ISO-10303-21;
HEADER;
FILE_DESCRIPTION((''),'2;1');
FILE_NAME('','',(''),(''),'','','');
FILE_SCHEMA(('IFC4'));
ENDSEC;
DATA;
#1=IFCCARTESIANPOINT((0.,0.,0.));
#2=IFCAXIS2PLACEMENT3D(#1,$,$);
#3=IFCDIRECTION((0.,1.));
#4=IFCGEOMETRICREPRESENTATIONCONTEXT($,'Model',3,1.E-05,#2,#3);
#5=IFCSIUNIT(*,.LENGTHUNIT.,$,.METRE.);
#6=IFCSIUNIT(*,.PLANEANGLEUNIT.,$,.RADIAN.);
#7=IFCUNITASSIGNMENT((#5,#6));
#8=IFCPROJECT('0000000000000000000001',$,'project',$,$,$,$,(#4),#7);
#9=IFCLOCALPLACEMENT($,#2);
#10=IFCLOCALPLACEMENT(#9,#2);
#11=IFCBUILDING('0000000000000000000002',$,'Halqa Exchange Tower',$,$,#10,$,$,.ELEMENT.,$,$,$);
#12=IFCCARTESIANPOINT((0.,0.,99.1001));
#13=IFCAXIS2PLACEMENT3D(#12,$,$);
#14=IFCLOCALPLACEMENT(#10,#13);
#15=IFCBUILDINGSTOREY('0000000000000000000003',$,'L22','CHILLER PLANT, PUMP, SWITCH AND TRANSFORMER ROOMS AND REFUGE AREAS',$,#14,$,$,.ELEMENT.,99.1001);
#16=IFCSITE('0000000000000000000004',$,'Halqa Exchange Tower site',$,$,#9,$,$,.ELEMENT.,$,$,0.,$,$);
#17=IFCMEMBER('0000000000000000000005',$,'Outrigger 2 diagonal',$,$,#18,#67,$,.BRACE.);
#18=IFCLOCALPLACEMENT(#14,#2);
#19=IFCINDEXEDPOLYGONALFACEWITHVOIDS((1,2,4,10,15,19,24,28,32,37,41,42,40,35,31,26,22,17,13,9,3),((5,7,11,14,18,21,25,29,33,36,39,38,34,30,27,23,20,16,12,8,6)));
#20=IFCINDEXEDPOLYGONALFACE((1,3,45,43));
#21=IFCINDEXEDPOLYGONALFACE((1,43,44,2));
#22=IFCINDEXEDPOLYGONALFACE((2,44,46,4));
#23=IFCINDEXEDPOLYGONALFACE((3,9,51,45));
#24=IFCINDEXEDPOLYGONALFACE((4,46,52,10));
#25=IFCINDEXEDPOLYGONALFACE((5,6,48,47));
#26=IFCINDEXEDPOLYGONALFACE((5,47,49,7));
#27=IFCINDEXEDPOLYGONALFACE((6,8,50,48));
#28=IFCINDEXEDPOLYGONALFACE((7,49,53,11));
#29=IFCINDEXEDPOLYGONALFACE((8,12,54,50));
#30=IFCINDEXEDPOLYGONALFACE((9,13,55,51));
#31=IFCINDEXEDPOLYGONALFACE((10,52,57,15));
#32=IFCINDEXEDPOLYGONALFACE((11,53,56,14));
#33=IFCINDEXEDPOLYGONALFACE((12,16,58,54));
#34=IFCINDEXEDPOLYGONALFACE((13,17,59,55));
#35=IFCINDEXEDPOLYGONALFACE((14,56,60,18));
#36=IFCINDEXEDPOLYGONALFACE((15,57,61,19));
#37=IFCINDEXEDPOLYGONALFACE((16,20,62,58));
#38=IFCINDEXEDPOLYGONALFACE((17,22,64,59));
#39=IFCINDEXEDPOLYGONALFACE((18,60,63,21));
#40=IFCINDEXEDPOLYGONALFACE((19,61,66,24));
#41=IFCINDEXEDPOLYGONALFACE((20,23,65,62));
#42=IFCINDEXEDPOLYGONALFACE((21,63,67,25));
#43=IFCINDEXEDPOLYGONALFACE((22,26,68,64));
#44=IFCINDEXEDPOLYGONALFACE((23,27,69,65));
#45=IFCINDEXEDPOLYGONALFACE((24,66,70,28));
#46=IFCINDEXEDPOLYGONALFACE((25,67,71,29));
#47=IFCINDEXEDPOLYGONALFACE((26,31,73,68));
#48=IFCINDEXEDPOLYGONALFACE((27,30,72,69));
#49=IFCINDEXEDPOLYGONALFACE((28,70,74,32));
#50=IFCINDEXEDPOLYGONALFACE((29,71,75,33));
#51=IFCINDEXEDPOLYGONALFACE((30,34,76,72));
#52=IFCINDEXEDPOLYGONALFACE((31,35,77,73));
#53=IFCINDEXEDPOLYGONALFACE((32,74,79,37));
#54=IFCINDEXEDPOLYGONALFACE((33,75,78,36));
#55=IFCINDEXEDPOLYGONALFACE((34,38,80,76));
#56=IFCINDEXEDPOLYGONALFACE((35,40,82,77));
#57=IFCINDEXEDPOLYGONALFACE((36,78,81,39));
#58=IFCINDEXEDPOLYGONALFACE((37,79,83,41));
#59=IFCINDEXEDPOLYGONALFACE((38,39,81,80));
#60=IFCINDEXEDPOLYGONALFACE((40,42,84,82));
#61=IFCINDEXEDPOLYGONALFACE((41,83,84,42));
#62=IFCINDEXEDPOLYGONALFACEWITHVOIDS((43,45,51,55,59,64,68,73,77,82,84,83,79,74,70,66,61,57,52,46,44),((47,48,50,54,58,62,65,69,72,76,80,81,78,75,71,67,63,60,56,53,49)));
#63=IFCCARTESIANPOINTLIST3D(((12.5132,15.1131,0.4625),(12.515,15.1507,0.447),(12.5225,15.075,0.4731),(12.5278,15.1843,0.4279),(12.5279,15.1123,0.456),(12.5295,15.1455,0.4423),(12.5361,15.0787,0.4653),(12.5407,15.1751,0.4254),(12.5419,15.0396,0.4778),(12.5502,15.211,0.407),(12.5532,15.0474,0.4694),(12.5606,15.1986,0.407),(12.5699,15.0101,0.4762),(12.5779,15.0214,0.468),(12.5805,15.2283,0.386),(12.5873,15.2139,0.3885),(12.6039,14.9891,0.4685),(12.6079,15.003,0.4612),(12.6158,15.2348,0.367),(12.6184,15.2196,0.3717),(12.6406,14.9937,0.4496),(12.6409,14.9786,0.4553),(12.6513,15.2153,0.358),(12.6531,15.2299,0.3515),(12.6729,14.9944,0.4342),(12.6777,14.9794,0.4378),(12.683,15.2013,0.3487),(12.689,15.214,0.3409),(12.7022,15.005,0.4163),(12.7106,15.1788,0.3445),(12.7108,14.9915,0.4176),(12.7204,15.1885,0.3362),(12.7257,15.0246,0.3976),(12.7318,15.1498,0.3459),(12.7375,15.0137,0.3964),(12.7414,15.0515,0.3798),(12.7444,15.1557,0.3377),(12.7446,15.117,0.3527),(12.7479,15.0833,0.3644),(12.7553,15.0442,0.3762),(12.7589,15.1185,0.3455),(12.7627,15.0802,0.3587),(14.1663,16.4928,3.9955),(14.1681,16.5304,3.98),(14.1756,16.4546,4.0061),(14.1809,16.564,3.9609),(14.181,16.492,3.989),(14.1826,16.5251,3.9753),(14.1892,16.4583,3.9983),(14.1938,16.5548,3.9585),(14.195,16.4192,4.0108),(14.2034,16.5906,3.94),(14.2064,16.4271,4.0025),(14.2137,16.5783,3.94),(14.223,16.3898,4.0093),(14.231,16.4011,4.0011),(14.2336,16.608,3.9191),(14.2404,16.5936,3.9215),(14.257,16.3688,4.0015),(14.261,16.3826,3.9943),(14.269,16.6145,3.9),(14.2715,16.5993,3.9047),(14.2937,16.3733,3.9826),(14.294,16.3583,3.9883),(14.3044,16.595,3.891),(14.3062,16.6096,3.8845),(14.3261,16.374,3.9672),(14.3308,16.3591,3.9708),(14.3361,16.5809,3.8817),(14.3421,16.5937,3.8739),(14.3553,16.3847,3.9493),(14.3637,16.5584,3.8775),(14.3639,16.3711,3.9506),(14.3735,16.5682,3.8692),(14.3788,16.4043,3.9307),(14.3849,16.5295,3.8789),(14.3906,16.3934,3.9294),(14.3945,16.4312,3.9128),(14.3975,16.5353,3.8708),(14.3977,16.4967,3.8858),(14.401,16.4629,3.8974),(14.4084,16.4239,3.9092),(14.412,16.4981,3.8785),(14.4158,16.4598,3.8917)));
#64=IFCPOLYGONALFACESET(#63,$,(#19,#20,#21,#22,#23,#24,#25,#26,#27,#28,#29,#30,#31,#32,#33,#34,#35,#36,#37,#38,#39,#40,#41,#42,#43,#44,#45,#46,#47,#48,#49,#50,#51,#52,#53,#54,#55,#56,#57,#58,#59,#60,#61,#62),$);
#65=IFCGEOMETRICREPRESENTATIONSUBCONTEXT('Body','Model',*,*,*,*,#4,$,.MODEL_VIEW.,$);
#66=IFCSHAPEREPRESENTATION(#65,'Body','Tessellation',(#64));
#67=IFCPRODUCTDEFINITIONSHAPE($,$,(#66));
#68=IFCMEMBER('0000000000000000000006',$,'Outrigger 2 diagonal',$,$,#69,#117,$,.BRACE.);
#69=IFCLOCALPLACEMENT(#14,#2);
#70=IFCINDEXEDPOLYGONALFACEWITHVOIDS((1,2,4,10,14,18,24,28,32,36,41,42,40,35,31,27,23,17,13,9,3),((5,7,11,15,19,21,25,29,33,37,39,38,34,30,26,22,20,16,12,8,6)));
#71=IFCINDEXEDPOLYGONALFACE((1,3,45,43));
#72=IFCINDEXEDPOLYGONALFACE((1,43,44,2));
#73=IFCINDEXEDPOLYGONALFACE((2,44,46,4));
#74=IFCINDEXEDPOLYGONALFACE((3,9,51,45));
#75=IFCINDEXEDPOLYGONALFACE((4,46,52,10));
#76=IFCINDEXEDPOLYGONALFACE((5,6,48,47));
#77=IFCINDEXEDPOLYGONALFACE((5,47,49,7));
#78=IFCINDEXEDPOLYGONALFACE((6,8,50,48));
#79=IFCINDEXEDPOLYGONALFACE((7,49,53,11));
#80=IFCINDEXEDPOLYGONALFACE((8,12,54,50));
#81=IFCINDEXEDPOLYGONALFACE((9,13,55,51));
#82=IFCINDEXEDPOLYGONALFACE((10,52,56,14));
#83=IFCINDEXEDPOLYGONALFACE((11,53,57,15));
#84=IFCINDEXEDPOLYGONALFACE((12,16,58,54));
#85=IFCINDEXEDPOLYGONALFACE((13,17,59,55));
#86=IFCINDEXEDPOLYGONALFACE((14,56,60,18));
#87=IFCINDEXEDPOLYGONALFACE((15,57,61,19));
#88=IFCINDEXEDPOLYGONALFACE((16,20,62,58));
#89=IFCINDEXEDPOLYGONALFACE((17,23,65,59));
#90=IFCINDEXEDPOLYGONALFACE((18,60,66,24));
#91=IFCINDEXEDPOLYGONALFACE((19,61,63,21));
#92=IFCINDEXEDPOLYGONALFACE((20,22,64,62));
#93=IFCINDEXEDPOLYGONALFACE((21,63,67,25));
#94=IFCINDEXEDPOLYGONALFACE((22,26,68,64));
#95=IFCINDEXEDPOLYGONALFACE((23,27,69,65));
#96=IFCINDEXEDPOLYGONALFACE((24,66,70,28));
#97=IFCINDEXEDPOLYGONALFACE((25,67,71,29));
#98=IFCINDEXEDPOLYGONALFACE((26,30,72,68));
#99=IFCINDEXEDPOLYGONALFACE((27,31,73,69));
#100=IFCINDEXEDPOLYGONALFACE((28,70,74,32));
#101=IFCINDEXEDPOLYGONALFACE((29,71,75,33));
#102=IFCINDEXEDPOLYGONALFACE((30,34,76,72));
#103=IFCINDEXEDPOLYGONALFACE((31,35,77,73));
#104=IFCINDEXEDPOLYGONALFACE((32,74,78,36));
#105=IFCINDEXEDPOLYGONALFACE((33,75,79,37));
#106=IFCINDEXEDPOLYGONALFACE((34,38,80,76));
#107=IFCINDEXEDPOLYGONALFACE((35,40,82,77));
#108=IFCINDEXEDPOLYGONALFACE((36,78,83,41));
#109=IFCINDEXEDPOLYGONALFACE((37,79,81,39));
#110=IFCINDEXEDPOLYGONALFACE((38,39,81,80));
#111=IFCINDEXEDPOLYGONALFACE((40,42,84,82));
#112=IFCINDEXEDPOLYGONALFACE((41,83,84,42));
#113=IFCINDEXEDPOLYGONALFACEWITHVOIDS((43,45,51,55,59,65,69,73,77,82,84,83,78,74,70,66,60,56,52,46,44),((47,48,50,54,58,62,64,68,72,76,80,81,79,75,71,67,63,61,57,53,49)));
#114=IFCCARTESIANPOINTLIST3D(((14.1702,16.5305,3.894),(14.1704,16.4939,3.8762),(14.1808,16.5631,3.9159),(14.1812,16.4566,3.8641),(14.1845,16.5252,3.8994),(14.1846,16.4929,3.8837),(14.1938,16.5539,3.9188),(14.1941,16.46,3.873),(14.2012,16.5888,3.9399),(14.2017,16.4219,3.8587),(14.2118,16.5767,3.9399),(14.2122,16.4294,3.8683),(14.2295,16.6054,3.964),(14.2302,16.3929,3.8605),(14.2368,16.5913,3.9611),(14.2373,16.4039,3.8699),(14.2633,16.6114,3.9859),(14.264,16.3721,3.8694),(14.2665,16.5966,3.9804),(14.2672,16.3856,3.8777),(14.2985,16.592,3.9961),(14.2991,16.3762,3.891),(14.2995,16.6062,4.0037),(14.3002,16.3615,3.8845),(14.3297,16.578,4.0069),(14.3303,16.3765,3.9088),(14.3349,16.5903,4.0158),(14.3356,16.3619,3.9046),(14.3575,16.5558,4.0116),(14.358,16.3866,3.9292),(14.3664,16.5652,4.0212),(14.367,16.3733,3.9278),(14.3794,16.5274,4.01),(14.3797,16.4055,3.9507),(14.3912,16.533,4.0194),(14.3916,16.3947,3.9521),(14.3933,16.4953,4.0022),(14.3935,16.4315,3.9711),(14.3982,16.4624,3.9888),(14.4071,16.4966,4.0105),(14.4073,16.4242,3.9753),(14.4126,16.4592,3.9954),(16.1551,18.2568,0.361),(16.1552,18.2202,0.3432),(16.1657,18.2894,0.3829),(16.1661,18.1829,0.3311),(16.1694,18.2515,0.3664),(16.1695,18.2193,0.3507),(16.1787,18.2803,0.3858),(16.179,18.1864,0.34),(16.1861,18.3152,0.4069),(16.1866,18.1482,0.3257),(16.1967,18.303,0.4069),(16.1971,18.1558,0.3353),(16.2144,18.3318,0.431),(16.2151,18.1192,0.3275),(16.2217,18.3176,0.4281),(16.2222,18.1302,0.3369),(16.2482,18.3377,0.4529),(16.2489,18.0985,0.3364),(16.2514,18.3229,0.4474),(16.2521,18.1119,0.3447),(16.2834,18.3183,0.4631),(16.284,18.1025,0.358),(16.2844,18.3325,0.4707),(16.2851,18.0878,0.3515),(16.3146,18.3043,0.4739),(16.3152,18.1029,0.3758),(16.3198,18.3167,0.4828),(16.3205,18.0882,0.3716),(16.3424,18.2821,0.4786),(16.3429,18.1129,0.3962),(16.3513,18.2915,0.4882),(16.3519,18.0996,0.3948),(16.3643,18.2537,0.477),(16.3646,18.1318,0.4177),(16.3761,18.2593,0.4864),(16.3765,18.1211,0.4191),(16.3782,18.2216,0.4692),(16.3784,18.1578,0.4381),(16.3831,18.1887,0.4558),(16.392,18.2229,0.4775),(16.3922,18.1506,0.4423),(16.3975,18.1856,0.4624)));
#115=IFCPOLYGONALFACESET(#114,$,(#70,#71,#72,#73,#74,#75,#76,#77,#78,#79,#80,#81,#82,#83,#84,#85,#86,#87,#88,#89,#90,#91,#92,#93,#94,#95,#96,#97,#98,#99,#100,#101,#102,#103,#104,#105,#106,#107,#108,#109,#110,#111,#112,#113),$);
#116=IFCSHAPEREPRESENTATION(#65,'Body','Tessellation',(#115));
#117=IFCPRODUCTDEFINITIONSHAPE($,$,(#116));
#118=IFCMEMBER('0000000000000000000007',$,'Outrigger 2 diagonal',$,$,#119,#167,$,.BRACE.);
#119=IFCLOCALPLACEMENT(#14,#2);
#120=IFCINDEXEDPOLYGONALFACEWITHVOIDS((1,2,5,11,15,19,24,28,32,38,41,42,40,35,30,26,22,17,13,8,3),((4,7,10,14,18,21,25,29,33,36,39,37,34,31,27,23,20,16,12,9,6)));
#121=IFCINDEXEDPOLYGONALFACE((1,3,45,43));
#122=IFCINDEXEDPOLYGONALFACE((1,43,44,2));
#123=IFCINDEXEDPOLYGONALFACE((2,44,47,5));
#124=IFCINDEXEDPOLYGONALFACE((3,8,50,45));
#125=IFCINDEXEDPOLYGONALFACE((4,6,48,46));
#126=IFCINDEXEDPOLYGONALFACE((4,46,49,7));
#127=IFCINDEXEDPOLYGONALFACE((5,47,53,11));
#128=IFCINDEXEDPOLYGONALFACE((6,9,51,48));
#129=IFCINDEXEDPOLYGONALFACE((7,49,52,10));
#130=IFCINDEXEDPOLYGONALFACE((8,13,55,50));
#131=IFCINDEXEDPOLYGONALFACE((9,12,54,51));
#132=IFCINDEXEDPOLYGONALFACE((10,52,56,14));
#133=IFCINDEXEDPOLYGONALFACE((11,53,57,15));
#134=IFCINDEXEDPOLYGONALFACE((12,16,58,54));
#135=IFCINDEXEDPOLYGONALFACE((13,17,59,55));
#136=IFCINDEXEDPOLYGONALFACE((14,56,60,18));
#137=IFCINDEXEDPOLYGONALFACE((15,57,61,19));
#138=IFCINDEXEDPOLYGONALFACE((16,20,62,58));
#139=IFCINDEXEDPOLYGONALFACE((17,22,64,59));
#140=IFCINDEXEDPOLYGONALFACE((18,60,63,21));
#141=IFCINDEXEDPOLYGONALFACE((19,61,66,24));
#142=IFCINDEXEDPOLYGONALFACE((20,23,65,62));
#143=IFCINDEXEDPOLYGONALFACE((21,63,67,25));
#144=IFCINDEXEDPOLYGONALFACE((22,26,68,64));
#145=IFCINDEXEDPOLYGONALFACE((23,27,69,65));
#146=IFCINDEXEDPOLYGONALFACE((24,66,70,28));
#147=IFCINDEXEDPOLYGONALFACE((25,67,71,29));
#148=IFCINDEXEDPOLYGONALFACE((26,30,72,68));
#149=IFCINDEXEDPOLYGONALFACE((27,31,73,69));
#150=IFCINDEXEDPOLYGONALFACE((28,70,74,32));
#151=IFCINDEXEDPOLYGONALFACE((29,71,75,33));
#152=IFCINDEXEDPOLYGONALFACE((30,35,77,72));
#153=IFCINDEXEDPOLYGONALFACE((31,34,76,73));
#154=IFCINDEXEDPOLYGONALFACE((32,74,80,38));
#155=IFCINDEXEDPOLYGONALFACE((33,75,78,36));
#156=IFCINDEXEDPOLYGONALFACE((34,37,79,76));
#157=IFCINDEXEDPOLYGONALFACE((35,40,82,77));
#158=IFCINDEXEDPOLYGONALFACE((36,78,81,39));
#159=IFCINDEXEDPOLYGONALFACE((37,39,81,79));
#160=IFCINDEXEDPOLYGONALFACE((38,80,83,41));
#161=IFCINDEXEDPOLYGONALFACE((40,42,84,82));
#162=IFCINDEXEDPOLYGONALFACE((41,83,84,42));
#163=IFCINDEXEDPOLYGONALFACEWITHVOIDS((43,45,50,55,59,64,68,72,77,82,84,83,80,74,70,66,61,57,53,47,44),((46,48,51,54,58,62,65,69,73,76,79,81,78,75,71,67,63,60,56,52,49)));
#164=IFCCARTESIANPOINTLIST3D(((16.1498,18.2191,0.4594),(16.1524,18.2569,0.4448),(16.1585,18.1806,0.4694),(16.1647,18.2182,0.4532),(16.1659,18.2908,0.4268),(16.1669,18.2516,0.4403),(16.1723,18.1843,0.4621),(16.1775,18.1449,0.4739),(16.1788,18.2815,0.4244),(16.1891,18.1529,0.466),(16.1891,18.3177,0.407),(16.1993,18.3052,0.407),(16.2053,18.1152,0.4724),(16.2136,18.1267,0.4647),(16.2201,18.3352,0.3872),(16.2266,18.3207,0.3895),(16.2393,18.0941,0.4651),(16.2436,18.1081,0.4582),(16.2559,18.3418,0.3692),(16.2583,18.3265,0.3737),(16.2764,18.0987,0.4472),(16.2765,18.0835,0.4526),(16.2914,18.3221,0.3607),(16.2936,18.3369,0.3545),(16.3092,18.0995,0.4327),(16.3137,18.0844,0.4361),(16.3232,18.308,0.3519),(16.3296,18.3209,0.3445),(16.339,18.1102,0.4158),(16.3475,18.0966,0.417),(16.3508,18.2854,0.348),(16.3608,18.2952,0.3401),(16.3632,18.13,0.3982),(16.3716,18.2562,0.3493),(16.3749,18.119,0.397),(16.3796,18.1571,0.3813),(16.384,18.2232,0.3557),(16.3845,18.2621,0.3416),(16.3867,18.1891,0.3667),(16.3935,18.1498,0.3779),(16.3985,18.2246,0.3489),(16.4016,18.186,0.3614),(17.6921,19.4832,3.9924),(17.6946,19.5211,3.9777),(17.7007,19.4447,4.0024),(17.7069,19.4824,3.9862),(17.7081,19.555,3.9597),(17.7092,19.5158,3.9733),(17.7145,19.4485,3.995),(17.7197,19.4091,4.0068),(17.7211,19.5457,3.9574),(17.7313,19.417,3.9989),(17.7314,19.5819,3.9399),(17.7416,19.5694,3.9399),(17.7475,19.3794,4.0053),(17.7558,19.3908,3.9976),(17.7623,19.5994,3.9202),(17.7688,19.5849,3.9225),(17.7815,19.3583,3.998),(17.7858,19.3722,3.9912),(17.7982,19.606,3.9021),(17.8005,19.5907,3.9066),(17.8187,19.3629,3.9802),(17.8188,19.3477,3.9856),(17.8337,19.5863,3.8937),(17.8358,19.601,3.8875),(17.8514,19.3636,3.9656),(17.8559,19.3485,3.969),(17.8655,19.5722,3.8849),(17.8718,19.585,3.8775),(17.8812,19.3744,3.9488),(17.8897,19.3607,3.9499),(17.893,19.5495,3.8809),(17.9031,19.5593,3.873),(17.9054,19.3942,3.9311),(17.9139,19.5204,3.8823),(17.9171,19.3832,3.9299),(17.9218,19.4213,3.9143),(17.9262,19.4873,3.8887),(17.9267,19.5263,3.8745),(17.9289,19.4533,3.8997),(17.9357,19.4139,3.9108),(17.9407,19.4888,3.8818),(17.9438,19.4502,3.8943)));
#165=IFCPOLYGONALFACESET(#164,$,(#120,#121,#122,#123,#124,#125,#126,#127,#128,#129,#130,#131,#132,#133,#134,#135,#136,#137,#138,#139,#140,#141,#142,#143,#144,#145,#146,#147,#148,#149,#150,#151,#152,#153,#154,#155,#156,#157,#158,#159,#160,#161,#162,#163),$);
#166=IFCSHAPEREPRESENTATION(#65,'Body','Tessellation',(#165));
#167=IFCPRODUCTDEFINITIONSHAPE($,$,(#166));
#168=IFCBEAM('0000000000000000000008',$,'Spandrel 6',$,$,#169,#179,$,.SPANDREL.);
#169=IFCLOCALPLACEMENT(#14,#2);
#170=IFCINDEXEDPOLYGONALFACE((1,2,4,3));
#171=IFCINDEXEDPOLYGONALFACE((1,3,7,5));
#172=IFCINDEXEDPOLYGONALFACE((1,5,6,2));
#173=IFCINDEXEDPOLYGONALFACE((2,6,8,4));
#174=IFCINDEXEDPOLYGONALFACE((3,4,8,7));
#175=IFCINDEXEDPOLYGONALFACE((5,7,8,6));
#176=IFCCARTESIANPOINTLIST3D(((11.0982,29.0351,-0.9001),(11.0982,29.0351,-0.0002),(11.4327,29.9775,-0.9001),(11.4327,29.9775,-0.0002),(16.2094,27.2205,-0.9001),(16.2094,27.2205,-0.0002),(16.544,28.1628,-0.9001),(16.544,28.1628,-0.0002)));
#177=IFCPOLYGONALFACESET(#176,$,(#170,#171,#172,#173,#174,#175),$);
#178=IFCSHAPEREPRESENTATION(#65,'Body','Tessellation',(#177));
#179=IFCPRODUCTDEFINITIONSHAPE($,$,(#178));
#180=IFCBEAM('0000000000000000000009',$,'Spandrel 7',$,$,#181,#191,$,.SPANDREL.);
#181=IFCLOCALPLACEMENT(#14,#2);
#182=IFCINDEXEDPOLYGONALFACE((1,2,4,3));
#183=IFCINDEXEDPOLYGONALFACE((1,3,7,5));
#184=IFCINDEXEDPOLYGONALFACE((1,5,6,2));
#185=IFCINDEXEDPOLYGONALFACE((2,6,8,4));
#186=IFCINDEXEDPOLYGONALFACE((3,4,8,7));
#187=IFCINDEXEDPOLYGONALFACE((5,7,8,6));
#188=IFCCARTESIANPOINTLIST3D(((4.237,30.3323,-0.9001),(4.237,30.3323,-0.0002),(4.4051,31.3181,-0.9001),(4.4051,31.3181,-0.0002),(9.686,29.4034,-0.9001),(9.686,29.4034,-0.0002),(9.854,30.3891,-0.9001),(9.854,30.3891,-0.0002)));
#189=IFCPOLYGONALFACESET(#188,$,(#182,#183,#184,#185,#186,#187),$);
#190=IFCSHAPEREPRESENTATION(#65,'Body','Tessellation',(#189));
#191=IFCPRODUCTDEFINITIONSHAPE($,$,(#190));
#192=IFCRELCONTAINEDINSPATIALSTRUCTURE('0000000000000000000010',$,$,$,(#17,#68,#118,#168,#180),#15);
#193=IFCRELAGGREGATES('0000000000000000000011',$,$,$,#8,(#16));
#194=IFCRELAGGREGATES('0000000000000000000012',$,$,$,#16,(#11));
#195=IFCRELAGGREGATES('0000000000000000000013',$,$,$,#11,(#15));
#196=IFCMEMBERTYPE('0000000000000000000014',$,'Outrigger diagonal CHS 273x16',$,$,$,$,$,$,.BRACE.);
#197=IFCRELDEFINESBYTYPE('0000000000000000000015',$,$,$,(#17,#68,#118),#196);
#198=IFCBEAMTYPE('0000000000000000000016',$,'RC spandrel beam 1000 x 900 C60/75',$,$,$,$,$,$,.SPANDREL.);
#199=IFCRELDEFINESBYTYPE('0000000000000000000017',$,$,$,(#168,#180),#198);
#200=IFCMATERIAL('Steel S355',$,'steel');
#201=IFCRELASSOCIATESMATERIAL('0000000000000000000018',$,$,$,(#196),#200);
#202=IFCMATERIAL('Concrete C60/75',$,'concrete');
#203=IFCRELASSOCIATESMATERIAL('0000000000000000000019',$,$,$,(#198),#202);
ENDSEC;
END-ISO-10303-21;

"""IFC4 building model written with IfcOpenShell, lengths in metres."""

from ifc_helpers import new_model, si_unit, direction, frame, origin, origin_2d, place, context, subcontext, project, spatial, rectangle, hollow_circle, extrude, material, material_profile, profile_set, type_object, element, save


model = new_model("IFC4")

# Units and contexts
model_context = context("Model", 3, precision=1e-05, world=origin(), true_north=direction((0.0, 1.0)))
body_context = subcontext(model_context, "Body", "Model", "MODEL_VIEW")
ifc_project = project(units=[si_unit("LENGTHUNIT", "METRE"), si_unit("PLANEANGLEUNIT", "RADIAN")], contexts=[model_context])

# Site, building, storey
site_placement = place(None, origin())
site = spatial("IfcSite", under=ifc_project, at=site_placement, Name="Halqa Exchange Tower site", CompositionType="ELEMENT", RefElevation=0.0)
building_placement = place(site_placement, origin())
building = spatial("IfcBuilding", under=site, at=building_placement, Name="Halqa Exchange Tower", CompositionType="ELEMENT")
storey_placement = place(building_placement, frame((0.0, 0.0, 99.1001)))
storey = spatial("IfcBuildingStorey", under=building, at=storey_placement, Name="L22", Description="CHILLER PLANT, PUMP, SWITCH AND TRANSFORMER ROOMS AND REFUGE AREAS", CompositionType="ELEMENT", Elevation=99.1001)

# Members
ifc_material_1 = material(Name="Steel S355", Category="steel")
ifc_material_profile_1 = material_profile(ifc_material_1, hollow_circle(Radius=0.1365, WallThickness=0.0161, at=origin_2d()), Name="CHS 273x16")
ifc_profile_set_1 = profile_set([ifc_material_profile_1], Name="Steel S355")
member_type_1 = type_object("IfcMemberType", Name="Outrigger diagonal CHS 273x16", PredefinedType="BRACE", material=ifc_profile_set_1)
member_1_placement = place(storey_placement, frame((12.6377, 15.1062, 0.407), z_axis=(0.399547, 0.333458, 0.853913), x_axis=(-0.640753, 0.767747, 0.0)))
element("IfcMember", 1, at=member_1_placement, inside=storey, type_object=member_type_1, Name="Outrigger 2 diagonal", PredefinedType="BRACE", context=body_context, shape_type="SweptSolid", body=[
    extrude(hollow_circle(Radius=0.1365, WallThickness=0.0161, at=origin_2d()), origin(), (0.0, 0.0, 1.0), 4.1375),
])
member_2_placement = place(storey_placement, frame((14.2908, 16.4858, 3.9399), z_axis=(0.450621, 0.391924, -0.802083), x_axis=(-0.656255, 0.75454, 0.0)))
element("IfcMember", 2, at=member_2_placement, inside=storey, type_object=member_type_1, Name="Outrigger 2 diagonal", PredefinedType="BRACE", context=body_context, shape_type="SweptSolid", body=[
    extrude(hollow_circle(Radius=0.1365, WallThickness=0.0161, at=origin_2d()), origin(), (0.0, 0.0, 1.0), 4.4048),
])
member_3_placement = place(storey_placement, frame((16.2756, 18.2122, 0.407), z_axis=(0.380152, 0.311608, 0.870853), x_axis=(-0.633938, 0.773384, 0.0)))
element("IfcMember", 3, at=member_3_placement, inside=storey, type_object=member_type_1, Name="Outrigger 2 diagonal", PredefinedType="BRACE", context=body_context, shape_type="SweptSolid", body=[
    extrude(hollow_circle(Radius=0.1365, WallThickness=0.0161, at=origin_2d()), origin(), (0.0, 0.0, 1.0), 4.0569),
])

# Beams
ifc_material_2 = material(Name="Concrete C60/75", Category="concrete")
ifc_material_profile_2 = material_profile(ifc_material_2, rectangle(XDim=1.0, YDim=0.8999, at=origin_2d()), Name="1000 x 900")
ifc_profile_set_2 = profile_set([ifc_material_profile_2], Name="Concrete C60/75")
beam_type = type_object("IfcBeamType", Name="RC spandrel beam 1000 x 900 C60/75", PredefinedType="SPANDREL", material=ifc_profile_set_2)
beam_1_placement = place(storey_placement, frame((16.3767, 27.6917, -0.4502), z_axis=(-0.94237, 0.334574, 0.0), x_axis=(-0.334574, -0.94237, 0.0)))
element("IfcBeam", 4, at=beam_1_placement, inside=storey, type_object=beam_type, Name="Spandrel 6", PredefinedType="SPANDREL", context=body_context, shape_type="SweptSolid", body=[
    extrude(rectangle(XDim=1.0, YDim=0.8999, at=origin_2d()), origin(), (0.0, 0.0, 1.0), 5.4238),
])
beam_2_placement = place(storey_placement, frame((9.77, 29.8962, -0.4502), z_axis=(-0.985777, 0.168058, 0.0), x_axis=(-0.168058, -0.985777, 0.0)))
element("IfcBeam", 5, at=beam_2_placement, inside=storey, type_object=beam_type, Name="Spandrel 7", PredefinedType="SPANDREL", context=body_context, shape_type="SweptSolid", body=[
    extrude(rectangle(XDim=1.0, YDim=0.8999, at=origin_2d()), origin(), (0.0, 0.0, 1.0), 5.5276),
])

save(model, "model.ifc")
